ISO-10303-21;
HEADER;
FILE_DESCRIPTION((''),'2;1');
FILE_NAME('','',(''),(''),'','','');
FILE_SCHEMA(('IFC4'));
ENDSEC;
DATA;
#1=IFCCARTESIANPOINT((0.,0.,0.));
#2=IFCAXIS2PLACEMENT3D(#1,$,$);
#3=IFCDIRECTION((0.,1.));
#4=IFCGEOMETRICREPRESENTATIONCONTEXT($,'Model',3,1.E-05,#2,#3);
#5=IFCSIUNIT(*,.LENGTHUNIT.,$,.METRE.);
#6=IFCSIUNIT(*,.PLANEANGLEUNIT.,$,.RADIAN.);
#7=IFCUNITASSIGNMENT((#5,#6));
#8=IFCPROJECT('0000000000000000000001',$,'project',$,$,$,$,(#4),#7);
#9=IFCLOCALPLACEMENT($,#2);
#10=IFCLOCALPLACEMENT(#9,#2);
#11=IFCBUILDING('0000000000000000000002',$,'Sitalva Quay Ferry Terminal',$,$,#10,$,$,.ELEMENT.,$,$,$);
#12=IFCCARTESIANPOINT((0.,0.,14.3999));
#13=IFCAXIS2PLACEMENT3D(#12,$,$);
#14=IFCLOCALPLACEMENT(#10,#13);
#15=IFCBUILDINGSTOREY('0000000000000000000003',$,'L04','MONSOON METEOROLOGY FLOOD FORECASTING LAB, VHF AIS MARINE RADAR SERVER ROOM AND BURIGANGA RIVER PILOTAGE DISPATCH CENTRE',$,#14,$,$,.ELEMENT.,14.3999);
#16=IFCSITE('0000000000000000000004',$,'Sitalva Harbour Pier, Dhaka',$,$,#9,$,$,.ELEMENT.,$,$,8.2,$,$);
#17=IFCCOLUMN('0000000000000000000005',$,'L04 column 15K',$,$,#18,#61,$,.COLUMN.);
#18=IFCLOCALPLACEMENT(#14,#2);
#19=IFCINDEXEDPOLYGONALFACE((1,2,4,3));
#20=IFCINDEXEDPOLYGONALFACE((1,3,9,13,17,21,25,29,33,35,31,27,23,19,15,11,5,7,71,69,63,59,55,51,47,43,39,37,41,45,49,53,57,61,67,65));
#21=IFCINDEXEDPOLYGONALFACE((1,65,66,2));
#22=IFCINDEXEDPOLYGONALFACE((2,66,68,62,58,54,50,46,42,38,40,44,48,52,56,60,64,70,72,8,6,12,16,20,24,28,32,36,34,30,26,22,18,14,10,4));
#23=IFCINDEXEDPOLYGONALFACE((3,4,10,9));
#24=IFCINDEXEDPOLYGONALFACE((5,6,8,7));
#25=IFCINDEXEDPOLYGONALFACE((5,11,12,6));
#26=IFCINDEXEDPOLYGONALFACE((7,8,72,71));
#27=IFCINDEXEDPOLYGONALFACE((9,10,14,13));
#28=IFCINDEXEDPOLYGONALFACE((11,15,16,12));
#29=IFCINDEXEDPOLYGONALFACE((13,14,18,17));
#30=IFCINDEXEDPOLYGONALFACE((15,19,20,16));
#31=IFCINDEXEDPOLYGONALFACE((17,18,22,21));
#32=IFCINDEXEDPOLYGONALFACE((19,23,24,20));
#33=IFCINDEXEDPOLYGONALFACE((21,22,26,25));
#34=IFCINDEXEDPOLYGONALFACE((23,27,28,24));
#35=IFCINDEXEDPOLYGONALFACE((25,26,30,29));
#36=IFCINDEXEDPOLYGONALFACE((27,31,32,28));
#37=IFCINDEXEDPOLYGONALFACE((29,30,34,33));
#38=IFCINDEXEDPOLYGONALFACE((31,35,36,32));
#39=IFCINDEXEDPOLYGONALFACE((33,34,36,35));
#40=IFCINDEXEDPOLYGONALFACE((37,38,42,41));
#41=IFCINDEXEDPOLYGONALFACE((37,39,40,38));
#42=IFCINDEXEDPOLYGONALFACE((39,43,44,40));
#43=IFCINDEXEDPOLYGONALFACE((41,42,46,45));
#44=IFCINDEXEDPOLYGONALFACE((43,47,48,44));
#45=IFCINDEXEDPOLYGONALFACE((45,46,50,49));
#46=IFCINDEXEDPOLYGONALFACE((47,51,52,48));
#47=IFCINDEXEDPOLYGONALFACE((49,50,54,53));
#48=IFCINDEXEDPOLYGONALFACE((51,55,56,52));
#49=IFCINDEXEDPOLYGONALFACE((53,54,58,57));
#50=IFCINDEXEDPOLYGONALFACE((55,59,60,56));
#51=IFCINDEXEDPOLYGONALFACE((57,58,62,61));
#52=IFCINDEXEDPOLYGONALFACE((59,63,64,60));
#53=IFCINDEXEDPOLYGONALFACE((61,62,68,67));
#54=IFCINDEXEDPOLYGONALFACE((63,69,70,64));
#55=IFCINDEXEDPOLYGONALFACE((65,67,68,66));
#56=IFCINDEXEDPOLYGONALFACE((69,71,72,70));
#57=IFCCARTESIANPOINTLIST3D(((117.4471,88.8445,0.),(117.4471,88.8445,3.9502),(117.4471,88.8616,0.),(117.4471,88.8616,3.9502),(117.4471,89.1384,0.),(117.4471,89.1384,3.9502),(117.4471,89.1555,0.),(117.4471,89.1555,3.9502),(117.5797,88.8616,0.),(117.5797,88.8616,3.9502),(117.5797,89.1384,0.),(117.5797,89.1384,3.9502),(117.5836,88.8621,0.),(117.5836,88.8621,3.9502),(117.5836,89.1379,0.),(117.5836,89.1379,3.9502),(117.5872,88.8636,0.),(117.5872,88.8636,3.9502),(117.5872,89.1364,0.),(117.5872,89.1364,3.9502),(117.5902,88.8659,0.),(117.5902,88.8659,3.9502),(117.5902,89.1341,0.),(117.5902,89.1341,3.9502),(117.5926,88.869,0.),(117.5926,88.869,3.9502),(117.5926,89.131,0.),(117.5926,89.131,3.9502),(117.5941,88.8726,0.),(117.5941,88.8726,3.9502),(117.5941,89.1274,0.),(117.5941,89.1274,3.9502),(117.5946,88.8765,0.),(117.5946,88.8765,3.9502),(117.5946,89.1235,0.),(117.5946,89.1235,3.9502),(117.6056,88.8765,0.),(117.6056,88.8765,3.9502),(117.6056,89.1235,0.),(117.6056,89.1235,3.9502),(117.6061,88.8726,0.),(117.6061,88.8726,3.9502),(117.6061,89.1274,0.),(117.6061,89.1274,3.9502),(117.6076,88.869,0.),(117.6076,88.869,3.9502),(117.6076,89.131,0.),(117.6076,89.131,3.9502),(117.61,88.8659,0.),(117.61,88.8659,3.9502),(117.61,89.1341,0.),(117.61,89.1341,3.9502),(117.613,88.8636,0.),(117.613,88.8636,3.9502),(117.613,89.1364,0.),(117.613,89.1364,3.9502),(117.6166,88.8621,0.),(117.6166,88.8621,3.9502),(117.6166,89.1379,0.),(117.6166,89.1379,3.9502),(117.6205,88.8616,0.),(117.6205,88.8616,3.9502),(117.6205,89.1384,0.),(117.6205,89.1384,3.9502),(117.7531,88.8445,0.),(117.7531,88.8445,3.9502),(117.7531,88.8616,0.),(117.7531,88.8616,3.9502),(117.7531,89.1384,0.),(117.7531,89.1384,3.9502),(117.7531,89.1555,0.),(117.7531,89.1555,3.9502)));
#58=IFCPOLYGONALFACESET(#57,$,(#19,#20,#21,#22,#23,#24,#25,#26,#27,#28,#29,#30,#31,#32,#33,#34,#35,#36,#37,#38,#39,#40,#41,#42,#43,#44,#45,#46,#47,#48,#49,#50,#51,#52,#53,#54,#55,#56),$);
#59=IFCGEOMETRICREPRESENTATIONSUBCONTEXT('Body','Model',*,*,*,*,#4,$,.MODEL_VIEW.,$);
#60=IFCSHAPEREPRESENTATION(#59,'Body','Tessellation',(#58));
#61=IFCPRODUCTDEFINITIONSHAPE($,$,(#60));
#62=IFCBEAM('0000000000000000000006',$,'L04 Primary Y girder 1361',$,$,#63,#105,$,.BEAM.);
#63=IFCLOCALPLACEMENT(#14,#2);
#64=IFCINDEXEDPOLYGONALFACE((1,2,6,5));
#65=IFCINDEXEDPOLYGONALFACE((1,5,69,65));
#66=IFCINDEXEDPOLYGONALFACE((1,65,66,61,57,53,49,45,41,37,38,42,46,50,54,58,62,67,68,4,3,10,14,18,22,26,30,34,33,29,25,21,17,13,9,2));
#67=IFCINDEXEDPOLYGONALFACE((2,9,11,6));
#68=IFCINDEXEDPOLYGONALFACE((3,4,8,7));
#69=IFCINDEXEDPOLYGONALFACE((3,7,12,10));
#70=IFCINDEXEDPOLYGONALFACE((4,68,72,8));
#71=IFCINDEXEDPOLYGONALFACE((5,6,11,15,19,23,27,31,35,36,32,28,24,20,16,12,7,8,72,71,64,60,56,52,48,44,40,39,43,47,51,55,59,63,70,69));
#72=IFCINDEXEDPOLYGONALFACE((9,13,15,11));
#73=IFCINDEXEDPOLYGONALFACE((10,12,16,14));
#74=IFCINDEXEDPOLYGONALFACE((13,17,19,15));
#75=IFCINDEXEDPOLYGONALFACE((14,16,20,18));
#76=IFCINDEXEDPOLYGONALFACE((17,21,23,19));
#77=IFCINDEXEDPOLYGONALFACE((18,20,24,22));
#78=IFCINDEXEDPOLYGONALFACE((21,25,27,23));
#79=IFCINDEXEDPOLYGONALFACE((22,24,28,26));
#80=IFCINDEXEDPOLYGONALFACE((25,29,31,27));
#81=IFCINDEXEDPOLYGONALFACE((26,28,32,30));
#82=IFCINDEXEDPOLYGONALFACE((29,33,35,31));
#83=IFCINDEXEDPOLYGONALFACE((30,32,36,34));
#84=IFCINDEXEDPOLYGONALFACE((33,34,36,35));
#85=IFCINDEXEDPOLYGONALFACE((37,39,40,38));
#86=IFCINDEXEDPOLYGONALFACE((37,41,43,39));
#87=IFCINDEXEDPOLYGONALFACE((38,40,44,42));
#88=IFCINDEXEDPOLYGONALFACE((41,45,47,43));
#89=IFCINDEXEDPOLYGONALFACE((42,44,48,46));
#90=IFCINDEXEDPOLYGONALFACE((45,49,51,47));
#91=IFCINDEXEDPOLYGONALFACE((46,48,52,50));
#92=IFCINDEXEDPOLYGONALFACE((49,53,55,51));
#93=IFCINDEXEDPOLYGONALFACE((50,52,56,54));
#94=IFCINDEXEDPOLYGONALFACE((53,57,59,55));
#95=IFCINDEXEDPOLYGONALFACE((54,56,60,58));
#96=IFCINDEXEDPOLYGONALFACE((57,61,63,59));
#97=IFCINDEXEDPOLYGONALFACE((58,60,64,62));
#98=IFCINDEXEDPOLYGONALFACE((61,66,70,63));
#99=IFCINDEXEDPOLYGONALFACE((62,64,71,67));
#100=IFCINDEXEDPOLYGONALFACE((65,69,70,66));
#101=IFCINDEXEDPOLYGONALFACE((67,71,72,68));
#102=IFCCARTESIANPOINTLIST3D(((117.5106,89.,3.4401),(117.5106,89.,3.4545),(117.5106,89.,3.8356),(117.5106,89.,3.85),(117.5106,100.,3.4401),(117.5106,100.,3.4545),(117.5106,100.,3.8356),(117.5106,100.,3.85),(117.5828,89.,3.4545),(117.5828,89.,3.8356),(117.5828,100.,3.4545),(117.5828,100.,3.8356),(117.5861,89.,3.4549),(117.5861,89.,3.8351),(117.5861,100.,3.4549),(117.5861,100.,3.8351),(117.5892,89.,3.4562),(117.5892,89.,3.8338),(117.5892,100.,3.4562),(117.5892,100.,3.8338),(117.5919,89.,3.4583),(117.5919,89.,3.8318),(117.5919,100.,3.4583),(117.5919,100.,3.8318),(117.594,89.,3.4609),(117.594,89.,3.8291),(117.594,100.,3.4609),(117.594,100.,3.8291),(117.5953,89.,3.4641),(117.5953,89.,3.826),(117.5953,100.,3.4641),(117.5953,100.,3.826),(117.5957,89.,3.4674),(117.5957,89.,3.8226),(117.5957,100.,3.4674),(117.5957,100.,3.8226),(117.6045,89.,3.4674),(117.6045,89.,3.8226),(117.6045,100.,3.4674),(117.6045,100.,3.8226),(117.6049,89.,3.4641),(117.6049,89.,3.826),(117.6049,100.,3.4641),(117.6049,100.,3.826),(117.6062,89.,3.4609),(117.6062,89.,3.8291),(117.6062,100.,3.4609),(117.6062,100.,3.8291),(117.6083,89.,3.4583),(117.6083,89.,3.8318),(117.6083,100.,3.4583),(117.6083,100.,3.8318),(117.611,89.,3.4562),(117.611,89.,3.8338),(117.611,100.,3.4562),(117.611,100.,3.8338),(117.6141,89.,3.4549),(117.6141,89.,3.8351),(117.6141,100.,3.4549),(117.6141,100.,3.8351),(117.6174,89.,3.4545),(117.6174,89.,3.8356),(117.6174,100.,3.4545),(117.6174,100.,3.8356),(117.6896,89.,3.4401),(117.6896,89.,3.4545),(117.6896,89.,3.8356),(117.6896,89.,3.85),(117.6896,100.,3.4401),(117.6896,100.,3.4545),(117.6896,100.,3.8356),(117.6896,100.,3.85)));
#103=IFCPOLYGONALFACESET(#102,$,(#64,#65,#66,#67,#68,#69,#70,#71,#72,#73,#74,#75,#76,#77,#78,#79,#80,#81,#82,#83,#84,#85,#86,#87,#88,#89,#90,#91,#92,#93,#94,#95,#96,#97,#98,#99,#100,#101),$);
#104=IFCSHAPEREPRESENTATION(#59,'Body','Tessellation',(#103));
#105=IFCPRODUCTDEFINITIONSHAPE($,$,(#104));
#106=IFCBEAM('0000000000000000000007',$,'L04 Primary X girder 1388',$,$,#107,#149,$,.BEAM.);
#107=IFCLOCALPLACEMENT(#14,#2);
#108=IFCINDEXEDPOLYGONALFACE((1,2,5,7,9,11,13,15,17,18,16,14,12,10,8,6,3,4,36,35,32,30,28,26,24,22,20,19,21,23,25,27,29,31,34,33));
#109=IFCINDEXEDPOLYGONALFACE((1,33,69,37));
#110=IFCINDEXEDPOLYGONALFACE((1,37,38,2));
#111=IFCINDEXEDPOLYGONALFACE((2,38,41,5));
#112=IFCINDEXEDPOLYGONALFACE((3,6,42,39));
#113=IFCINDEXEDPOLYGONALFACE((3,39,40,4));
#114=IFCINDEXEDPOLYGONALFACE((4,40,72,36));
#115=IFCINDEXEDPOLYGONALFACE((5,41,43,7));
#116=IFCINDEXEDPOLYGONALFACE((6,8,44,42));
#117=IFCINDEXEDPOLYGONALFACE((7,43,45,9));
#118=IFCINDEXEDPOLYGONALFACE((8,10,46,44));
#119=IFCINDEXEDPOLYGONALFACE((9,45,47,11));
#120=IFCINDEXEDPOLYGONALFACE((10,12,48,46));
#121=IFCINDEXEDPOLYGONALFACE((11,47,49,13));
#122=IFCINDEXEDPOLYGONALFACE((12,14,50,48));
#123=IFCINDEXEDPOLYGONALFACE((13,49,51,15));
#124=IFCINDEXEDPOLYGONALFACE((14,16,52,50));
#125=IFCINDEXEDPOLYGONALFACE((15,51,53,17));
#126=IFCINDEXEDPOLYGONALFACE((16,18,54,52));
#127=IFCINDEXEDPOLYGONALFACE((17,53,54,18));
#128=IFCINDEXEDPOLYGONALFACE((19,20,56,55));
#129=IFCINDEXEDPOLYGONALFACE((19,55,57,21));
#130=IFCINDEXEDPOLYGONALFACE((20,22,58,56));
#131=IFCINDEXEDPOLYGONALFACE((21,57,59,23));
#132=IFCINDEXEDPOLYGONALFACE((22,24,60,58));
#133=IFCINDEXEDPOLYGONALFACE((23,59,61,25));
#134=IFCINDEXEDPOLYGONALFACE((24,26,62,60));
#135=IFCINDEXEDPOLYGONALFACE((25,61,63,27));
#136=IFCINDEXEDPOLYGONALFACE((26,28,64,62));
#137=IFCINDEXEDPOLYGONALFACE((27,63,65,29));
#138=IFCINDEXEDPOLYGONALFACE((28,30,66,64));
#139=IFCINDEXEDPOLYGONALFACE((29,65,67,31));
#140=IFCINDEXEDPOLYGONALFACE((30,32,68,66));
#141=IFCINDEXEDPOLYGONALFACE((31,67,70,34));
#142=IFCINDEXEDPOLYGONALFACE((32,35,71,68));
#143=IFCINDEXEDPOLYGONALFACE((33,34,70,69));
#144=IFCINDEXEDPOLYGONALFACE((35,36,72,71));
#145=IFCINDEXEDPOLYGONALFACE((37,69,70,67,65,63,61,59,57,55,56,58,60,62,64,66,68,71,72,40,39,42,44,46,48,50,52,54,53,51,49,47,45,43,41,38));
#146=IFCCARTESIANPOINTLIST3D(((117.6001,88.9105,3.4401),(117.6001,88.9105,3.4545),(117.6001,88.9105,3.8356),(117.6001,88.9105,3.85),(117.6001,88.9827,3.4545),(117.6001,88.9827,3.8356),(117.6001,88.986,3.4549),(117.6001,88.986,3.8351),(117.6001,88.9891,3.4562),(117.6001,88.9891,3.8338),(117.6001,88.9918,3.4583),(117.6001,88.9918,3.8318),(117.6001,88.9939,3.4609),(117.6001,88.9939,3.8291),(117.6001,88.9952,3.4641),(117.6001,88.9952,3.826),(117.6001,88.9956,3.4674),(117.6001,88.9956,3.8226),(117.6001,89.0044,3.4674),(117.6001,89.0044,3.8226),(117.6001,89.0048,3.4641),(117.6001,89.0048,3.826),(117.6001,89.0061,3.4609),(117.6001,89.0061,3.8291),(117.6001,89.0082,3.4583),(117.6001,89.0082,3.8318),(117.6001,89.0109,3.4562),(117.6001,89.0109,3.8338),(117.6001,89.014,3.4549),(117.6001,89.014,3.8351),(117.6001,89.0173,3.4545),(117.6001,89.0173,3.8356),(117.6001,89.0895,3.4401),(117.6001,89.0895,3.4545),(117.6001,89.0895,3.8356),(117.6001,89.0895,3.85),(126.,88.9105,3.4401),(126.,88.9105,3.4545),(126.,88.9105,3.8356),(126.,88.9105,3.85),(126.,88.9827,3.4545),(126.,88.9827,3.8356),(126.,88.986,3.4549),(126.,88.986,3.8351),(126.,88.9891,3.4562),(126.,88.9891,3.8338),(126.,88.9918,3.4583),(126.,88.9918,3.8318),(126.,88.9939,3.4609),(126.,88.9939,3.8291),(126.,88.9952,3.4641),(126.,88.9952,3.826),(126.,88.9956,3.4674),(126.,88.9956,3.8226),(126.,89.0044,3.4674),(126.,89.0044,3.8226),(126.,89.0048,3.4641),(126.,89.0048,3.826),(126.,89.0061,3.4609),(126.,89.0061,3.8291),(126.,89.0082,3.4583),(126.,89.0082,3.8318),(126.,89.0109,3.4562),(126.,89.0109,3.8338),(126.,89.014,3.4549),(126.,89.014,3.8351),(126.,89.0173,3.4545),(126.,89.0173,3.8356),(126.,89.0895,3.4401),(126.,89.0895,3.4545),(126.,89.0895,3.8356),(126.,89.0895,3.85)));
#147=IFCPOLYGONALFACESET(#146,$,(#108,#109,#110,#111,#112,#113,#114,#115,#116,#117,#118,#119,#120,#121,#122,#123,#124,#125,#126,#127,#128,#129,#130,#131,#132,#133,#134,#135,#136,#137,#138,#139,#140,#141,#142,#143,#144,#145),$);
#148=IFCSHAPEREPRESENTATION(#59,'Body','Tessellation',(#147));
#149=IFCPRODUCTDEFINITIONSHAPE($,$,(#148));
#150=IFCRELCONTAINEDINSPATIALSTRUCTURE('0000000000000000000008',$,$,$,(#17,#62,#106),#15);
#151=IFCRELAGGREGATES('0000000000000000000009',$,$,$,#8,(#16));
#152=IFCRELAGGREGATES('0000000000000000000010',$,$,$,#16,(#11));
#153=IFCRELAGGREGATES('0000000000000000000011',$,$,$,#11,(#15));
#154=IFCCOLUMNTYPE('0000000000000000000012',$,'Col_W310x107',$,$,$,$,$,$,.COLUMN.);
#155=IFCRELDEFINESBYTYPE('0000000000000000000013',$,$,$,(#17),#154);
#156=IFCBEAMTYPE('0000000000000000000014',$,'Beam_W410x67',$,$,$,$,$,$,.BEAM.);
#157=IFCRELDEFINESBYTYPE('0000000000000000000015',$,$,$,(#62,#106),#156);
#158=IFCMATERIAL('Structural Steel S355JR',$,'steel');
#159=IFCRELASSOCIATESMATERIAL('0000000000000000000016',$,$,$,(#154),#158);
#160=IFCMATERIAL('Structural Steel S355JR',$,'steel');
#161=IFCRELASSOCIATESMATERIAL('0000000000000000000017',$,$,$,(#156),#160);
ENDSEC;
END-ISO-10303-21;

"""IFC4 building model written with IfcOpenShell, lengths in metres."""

from ifc_helpers import new_model, si_unit, direction, frame, origin, origin_2d, place, context, subcontext, project, spatial, i_section, extrude, material, material_profile, profile_set, type_object, element, save


model = new_model("IFC4")

# Units and contexts
model_context = context("Model", 3, precision=1e-05, world=origin(), true_north=direction((0.0, 1.0)))
body_context = subcontext(model_context, "Body", "Model", "MODEL_VIEW")
ifc_project = project(units=[si_unit("LENGTHUNIT", "METRE"), si_unit("PLANEANGLEUNIT", "RADIAN")], contexts=[model_context])

# Site, building, storey
site_placement = place(None, origin())
site = spatial("IfcSite", under=ifc_project, at=site_placement, Name="Sitalva Harbour Pier, Dhaka", CompositionType="ELEMENT", RefElevation=8.2)
building_placement = place(site_placement, origin())
building = spatial("IfcBuilding", under=site, at=building_placement, Name="Sitalva Quay Ferry Terminal", CompositionType="ELEMENT")
storey_placement = place(building_placement, frame((0.0, 0.0, 14.3999)))
storey = spatial("IfcBuildingStorey", under=building, at=storey_placement, Name="L04", Description="MONSOON METEOROLOGY FLOOD FORECASTING LAB, VHF AIS MARINE RADAR SERVER ROOM AND BURIGANGA RIVER PILOTAGE DISPATCH CENTRE", CompositionType="ELEMENT", Elevation=14.3999)

# Column
ifc_material_1 = material(Name="Structural Steel S355JR", Category="steel")
ifc_material_profile_1 = material_profile(ifc_material_1, i_section(OverallWidth=0.3059, OverallDepth=0.311, WebThickness=0.011, FlangeThickness=0.0171, FilletRadius=0.0149, at=origin_2d()), Name="W310x107")
ifc_profile_set_1 = profile_set([ifc_material_profile_1], Name="Structural Steel S355JR")
column_type = type_object("IfcColumnType", Name="Col_W310x107", PredefinedType="COLUMN", material=ifc_profile_set_1)
column_placement = place(storey_placement, frame((117.6001, 89.0, 0.0), z_axis=(0.0, 0.0, 1.0), x_axis=(1.0, 0.0, 0.0)))
element("IfcColumn", 1, at=column_placement, inside=storey, type_object=column_type, Name="L04 column 15K", PredefinedType="COLUMN", context=body_context, shape_type="SweptSolid", body=[
    extrude(i_section(OverallWidth=0.3059, OverallDepth=0.311, WebThickness=0.011, FlangeThickness=0.0171, FilletRadius=0.0149, at=origin_2d()), origin(), (0.0, 0.0, 1.0), 3.9502),
])

# Beams
ifc_material_2 = material(Name="Structural Steel S355JR", Category="steel")
ifc_material_profile_2 = material_profile(ifc_material_2, i_section(OverallWidth=0.179, OverallDepth=0.4099, WebThickness=0.0088, FlangeThickness=0.0144, FilletRadius=0.0129, at=origin_2d()), Name="W410x67")
ifc_profile_set_2 = profile_set([ifc_material_profile_2], Name="Structural Steel S355JR")
beam_type_1 = type_object("IfcBeamType", Name="Beam_W410x67", PredefinedType="BEAM", material=ifc_profile_set_2)
beam_1_placement = place(storey_placement, frame((117.6001, 89.0, 3.645), z_axis=(0.0, 1.0, 0.0), x_axis=(-1.0, 0.0, 0.0)))
element("IfcBeam", 2, at=beam_1_placement, inside=storey, type_object=beam_type_1, Name="L04 Primary Y girder 1361", PredefinedType="BEAM", context=body_context, shape_type="SweptSolid", body=[
    extrude(i_section(OverallWidth=0.179, OverallDepth=0.4099, WebThickness=0.0088, FlangeThickness=0.0144, FilletRadius=0.0129, at=origin_2d()), origin(), (0.0, 0.0, 1.0), 11.0),
])
beam_2_placement = place(storey_placement, frame((117.6001, 89.0, 3.645), z_axis=(1.0, 0.0, 0.0), x_axis=(0.0, 1.0, 0.0)))
element("IfcBeam", 3, at=beam_2_placement, inside=storey, type_object=beam_type_1, Name="L04 Primary X girder 1388", PredefinedType="BEAM", context=body_context, shape_type="SweptSolid", body=[
    extrude(i_section(OverallWidth=0.179, OverallDepth=0.4099, WebThickness=0.0088, FlangeThickness=0.0144, FilletRadius=0.0129, at=origin_2d()), origin(), (0.0, 0.0, 1.0), 8.3999),
])

save(model, "model.ifc")
